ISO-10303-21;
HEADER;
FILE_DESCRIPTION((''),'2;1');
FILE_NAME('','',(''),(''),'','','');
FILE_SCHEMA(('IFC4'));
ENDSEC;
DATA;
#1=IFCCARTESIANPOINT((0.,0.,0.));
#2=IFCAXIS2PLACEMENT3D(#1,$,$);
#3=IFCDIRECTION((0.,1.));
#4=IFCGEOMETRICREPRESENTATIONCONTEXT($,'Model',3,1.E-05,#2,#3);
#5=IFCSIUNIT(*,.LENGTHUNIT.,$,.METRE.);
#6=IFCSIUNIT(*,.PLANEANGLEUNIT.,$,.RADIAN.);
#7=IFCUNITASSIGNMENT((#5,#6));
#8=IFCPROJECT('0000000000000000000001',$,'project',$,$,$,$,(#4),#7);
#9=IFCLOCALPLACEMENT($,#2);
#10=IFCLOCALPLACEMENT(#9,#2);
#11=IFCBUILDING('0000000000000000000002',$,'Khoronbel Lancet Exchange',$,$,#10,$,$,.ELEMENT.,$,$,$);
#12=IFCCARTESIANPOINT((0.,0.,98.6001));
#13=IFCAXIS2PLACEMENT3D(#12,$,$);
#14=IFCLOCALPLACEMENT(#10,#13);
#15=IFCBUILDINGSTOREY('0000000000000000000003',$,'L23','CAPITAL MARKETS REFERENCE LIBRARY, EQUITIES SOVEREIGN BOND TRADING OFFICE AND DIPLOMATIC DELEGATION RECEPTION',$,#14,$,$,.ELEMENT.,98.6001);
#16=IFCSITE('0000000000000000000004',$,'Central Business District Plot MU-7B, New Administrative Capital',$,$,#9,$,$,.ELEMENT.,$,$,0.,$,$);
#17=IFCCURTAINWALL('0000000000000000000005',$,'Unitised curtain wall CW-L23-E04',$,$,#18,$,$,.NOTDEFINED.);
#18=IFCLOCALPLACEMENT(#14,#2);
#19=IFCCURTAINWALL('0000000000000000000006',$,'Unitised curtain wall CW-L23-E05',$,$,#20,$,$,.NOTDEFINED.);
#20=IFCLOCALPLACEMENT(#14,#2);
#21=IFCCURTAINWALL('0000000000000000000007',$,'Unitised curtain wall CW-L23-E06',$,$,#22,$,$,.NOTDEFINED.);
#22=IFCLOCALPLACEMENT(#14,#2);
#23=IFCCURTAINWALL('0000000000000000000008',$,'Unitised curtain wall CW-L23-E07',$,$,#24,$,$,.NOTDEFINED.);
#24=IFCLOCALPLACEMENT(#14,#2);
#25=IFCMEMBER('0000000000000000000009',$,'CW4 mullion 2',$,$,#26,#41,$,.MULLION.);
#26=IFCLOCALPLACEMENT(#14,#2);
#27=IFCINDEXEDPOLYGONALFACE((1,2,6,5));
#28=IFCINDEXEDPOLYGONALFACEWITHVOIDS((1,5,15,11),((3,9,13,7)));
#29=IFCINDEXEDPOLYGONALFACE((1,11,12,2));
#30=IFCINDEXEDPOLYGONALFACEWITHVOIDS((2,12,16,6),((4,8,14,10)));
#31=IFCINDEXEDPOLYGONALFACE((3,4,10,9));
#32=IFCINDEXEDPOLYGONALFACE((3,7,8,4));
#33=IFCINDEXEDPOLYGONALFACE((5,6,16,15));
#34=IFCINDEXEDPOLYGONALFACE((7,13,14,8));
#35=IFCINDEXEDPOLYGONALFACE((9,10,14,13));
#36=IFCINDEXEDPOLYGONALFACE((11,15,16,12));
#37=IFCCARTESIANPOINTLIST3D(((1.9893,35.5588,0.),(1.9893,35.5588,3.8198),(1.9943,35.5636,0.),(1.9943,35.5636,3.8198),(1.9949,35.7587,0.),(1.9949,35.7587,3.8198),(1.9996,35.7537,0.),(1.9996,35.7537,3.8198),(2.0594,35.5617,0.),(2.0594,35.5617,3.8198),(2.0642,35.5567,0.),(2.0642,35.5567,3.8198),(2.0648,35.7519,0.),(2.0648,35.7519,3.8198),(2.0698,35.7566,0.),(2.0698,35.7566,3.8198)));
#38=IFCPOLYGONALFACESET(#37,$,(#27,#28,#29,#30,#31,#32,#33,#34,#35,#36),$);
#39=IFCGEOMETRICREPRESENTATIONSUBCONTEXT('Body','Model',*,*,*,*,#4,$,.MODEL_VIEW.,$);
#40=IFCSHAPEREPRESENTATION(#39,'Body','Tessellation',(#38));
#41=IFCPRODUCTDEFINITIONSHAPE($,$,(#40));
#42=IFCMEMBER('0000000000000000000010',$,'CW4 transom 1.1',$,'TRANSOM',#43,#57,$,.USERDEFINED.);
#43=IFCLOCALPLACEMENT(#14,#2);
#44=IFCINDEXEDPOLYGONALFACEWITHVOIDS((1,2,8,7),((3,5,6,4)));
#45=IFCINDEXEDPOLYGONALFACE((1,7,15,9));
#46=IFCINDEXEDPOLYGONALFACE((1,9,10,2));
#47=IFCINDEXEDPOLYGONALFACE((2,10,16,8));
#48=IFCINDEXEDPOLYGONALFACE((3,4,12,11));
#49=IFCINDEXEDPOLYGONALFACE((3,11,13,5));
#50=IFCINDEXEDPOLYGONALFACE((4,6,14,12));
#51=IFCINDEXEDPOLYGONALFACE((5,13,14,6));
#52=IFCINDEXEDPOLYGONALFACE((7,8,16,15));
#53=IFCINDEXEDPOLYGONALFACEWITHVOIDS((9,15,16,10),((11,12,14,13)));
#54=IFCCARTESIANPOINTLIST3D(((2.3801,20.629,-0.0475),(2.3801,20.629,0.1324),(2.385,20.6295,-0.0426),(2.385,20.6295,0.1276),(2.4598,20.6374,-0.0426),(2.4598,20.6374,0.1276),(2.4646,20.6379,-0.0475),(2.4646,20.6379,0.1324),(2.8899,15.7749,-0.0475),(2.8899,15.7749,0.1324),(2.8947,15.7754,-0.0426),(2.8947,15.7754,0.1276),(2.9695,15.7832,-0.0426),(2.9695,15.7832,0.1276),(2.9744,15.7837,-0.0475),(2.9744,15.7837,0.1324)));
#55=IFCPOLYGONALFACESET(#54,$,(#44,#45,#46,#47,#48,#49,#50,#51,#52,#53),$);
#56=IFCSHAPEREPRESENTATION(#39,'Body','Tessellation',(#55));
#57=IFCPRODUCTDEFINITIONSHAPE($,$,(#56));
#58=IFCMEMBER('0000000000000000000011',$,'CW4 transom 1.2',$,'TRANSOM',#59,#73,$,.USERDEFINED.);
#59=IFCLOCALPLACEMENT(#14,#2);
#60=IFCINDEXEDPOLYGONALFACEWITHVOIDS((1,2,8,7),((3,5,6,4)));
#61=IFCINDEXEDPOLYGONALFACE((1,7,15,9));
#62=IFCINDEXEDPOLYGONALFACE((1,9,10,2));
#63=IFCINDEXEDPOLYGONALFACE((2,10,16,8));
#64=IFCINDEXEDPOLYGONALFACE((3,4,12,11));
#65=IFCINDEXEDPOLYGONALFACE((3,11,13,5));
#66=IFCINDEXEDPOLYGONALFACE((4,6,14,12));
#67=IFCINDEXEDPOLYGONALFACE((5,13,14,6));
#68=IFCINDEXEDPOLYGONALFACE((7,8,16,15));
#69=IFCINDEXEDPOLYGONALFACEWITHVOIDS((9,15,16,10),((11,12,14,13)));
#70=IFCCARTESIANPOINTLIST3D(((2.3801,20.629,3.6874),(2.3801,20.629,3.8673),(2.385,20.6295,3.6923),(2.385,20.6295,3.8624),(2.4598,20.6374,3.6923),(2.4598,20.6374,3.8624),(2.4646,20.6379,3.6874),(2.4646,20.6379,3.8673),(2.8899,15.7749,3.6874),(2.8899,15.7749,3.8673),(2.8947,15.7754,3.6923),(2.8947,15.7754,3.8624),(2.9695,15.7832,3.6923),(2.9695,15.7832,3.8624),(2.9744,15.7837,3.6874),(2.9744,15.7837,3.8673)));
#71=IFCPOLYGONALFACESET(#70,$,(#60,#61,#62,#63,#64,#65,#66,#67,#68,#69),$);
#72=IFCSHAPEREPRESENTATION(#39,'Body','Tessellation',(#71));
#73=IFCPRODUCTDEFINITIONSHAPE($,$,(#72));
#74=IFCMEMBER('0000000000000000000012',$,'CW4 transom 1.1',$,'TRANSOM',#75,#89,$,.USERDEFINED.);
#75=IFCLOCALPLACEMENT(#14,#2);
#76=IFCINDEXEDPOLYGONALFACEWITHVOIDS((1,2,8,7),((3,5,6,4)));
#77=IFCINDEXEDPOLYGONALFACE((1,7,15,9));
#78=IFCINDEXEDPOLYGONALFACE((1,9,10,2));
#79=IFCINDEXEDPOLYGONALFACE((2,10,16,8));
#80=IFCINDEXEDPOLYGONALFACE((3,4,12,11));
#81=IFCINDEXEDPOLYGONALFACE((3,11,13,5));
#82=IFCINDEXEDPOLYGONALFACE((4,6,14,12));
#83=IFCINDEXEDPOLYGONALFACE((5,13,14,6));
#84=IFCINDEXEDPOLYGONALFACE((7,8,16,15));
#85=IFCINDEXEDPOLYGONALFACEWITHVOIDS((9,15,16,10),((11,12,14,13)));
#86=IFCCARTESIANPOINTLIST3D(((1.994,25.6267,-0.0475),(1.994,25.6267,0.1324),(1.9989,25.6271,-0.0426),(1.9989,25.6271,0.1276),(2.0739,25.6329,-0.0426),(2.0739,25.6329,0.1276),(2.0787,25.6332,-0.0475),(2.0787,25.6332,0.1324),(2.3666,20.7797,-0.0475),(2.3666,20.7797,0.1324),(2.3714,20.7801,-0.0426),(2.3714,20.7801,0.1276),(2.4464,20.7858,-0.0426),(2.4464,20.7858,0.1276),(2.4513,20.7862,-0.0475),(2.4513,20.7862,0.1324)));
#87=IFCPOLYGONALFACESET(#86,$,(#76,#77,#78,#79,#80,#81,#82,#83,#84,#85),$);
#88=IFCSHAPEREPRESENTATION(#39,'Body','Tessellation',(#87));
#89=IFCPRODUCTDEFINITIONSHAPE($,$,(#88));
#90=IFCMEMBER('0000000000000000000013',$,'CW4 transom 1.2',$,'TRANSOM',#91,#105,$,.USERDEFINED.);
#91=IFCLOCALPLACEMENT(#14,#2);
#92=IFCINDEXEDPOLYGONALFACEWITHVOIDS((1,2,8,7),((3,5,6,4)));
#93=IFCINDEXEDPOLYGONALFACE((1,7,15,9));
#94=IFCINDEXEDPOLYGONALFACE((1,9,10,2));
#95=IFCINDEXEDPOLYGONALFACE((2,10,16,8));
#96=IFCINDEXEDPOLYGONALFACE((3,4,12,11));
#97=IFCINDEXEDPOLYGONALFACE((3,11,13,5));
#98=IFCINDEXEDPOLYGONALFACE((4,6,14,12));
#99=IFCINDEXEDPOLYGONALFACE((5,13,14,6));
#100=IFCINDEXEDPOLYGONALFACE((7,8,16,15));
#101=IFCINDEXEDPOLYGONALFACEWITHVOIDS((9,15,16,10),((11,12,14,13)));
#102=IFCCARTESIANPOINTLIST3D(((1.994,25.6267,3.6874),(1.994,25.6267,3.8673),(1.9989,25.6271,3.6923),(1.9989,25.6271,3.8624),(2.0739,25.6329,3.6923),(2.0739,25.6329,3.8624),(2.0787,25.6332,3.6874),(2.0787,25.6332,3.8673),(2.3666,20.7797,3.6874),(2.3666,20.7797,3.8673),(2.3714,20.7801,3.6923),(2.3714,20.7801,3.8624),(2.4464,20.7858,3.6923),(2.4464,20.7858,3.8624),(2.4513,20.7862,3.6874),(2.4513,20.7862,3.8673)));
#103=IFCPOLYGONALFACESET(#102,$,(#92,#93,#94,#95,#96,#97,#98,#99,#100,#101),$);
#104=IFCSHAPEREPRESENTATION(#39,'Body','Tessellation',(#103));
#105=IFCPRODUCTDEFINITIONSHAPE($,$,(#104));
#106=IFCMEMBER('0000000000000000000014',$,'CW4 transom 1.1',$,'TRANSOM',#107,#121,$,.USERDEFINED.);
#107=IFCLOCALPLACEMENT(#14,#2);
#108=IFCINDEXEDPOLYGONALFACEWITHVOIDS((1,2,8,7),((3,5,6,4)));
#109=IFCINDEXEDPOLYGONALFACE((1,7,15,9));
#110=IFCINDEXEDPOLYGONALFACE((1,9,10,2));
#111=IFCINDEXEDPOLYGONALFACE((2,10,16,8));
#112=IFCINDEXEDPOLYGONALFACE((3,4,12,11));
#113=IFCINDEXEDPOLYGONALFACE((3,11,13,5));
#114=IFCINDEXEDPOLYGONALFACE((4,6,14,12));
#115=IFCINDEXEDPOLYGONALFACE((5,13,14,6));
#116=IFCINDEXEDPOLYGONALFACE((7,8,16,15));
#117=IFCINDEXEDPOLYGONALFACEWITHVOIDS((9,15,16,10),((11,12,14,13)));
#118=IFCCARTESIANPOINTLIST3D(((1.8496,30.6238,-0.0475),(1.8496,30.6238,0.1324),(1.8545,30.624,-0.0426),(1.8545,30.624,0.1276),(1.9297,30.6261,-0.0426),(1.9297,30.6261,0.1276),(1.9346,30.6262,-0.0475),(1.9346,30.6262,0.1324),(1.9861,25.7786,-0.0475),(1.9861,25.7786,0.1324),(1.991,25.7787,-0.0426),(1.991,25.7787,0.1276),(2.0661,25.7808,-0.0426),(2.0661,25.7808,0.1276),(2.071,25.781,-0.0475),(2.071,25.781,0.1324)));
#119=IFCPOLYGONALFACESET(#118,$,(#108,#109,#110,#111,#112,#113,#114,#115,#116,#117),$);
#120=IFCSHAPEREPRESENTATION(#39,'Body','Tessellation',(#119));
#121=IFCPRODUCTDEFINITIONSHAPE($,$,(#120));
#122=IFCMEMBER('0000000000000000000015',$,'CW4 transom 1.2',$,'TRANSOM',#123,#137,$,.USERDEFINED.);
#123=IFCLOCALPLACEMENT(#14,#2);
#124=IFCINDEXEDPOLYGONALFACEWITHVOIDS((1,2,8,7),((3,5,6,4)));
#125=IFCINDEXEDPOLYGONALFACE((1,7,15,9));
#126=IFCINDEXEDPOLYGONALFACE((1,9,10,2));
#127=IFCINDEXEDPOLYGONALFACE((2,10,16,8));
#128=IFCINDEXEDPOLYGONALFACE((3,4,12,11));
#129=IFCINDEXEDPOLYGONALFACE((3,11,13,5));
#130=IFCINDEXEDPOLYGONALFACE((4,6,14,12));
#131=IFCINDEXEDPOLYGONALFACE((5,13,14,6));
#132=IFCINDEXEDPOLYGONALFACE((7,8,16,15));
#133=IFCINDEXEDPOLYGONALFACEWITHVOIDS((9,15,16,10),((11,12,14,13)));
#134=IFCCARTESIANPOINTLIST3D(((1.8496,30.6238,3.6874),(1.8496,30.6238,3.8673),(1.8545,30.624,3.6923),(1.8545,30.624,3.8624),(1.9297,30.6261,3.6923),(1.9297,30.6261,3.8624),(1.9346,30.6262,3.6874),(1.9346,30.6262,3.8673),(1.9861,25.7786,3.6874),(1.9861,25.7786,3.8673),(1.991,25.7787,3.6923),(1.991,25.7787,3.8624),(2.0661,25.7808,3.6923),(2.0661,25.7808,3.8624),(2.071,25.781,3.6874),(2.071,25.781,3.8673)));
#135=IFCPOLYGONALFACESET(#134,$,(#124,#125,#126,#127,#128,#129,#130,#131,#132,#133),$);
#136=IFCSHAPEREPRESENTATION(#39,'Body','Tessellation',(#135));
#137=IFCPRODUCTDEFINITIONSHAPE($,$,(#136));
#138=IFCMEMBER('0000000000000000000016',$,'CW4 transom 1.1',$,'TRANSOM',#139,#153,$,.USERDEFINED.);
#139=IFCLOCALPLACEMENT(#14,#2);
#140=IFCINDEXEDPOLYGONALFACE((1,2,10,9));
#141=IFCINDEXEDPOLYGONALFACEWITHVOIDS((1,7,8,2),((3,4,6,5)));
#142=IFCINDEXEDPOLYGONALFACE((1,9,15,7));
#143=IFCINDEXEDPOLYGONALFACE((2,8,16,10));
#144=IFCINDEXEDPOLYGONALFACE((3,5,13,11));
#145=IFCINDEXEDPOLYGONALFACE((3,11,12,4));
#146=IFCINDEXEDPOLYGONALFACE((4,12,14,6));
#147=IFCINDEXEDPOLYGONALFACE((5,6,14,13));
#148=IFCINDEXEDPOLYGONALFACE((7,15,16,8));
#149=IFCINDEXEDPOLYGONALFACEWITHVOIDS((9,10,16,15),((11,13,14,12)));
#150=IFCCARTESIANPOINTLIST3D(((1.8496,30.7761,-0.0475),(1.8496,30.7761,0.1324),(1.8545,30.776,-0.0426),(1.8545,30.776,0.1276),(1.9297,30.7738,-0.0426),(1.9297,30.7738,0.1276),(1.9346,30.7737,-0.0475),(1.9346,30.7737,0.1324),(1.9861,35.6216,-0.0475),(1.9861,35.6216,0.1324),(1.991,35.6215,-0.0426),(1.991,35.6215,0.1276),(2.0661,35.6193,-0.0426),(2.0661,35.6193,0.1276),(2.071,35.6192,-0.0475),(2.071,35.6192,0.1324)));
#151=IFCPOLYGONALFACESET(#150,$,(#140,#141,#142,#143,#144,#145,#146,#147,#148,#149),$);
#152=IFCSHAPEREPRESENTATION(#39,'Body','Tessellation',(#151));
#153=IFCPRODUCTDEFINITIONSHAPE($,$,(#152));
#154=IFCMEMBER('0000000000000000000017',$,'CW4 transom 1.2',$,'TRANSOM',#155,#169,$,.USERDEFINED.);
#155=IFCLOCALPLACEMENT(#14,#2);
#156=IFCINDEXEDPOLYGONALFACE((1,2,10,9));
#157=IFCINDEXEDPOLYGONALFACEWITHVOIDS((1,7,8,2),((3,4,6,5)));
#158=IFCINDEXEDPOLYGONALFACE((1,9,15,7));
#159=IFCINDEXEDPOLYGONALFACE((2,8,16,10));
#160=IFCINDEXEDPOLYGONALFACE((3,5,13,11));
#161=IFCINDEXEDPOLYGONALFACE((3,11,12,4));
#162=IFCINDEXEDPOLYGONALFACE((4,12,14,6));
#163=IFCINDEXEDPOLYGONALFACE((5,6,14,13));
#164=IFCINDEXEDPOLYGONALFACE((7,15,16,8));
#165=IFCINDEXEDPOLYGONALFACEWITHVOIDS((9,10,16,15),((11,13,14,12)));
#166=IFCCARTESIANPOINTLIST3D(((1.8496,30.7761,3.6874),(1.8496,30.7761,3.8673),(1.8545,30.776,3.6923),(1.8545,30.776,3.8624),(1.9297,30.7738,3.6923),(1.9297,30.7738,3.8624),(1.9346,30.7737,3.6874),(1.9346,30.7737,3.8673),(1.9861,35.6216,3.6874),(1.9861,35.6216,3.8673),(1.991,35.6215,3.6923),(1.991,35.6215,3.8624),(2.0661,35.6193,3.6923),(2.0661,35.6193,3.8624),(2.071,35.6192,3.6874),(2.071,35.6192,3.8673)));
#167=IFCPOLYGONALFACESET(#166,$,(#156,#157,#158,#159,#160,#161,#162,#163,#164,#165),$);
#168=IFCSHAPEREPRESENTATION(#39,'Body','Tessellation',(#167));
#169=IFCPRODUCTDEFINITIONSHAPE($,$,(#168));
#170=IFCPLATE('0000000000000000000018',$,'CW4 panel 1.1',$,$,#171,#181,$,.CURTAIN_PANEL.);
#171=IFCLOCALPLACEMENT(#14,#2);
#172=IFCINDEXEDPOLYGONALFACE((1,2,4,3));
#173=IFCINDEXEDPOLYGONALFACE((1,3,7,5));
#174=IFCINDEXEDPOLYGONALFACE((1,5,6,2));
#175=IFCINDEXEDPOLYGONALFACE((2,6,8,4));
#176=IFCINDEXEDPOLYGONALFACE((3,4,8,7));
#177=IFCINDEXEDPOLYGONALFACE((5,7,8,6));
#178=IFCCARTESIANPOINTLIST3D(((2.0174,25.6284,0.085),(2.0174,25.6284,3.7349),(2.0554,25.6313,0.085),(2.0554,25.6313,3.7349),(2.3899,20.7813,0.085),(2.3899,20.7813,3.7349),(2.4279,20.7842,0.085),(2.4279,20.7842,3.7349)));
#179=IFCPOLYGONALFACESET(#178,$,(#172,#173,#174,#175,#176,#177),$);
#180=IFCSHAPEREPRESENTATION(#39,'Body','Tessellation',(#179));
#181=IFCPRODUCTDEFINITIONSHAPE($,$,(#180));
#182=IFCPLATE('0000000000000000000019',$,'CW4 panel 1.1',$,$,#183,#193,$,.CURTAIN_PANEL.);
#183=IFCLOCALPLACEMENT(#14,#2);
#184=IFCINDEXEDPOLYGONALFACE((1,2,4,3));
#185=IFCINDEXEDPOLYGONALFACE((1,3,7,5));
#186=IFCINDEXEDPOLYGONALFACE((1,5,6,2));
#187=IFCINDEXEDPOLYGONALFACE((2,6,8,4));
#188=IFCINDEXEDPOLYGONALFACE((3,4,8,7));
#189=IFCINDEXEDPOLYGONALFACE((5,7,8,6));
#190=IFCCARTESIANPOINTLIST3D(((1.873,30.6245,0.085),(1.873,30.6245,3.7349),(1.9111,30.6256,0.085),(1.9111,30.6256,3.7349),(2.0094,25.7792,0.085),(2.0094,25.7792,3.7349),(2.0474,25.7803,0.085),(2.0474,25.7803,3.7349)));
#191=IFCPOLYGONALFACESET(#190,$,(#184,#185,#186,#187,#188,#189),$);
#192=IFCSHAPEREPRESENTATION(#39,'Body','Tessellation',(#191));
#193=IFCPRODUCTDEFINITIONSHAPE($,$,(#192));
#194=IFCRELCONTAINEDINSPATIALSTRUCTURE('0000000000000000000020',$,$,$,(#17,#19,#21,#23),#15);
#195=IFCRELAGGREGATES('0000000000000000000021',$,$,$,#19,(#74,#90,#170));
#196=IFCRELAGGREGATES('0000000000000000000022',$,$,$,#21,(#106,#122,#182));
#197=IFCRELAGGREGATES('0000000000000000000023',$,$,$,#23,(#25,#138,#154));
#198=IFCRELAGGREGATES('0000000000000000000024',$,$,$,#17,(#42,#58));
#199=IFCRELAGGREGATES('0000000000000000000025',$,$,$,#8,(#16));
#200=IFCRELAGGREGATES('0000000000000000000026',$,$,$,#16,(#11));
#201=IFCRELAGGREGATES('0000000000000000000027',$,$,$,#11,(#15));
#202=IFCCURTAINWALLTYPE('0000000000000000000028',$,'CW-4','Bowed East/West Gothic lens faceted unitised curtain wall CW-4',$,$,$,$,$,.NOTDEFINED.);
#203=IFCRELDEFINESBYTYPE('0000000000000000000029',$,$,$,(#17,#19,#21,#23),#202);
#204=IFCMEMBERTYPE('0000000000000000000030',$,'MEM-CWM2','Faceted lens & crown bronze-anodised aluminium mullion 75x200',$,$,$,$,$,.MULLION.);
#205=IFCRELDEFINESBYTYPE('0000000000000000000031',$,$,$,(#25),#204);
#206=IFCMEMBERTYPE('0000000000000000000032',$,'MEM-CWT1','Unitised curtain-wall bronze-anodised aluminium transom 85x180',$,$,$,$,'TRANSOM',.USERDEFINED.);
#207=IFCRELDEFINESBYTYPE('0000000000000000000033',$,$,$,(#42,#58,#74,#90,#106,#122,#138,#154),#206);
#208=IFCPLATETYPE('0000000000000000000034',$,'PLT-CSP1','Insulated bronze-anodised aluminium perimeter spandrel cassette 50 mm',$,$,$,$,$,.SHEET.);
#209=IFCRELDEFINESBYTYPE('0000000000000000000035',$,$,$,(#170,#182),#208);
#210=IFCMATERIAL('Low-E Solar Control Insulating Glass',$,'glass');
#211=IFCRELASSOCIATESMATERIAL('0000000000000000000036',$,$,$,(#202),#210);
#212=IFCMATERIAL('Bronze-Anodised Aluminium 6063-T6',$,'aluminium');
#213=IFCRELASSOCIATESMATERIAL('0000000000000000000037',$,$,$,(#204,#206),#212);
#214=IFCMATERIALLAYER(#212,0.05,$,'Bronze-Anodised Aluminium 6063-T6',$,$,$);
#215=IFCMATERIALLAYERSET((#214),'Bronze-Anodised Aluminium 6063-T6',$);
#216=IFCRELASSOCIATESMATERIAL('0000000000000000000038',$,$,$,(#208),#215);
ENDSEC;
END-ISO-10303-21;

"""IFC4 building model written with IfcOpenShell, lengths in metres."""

from ifc_helpers import new_model, si_unit, direction, frame, origin, origin_2d, place, context, subcontext, project, spatial, rectangle, hollow_rectangle, extrude, material, layer, layer_set, material_profile, profile_set, type_object, element, aggregate, save


model = new_model("IFC4")

# Units and contexts
model_context = context("Model", 3, precision=1e-05, world=origin(), true_north=direction((0.0, 1.0)))
body_context = subcontext(model_context, "Body", "Model", "MODEL_VIEW")
ifc_project = project(units=[si_unit("LENGTHUNIT", "METRE"), si_unit("PLANEANGLEUNIT", "RADIAN")], contexts=[model_context])

# Site, building, storey
site_placement = place(None, origin())
site = spatial("IfcSite", under=ifc_project, at=site_placement, Name="Central Business District Plot MU-7B, New Administrative Capital", CompositionType="ELEMENT", RefElevation=0.0)
building_placement = place(site_placement, origin())
building = spatial("IfcBuilding", under=site, at=building_placement, Name="Khoronbel Lancet Exchange", CompositionType="ELEMENT")
storey_placement = place(building_placement, frame((0.0, 0.0, 98.6001)))
storey = spatial("IfcBuildingStorey", under=building, at=storey_placement, Name="L23", Description="CAPITAL MARKETS REFERENCE LIBRARY, EQUITIES SOVEREIGN BOND TRADING OFFICE AND DIPLOMATIC DELEGATION RECEPTION", CompositionType="ELEMENT", Elevation=98.6001)

# Curtain walls, member
ifc_material_1 = material(Name="Low-E Solar Control Insulating Glass", Category="glass")
curtain_wall_type = type_object("IfcCurtainWallType", Name="CW-4", Description="Bowed East/West Gothic lens faceted unitised curtain wall CW-4", PredefinedType="NOTDEFINED", material=ifc_material_1)
curtain_wall_1_placement = place(storey_placement, origin())
curtain_wall_1 = element("IfcCurtainWall", 1, at=curtain_wall_1_placement, inside=storey, type_object=curtain_wall_type, Name="Unitised curtain wall CW-L23-E04", PredefinedType="NOTDEFINED")
ifc_material_2 = material(Name="Bronze-Anodised Aluminium 6063-T6", Category="aluminium")
ifc_material_profile_1 = material_profile(ifc_material_2, hollow_rectangle(XDim=0.075, YDim=0.2, WallThickness=0.0049, at=origin_2d()), Name="ALU MULLION 75x200")
ifc_profile_set_1 = profile_set([ifc_material_profile_1], Name="Bronze-Anodised Aluminium 6063-T6")
member_type_1 = type_object("IfcMemberType", Name="MEM-CWM2", Description="Faceted lens & crown bronze-anodised aluminium mullion 75x200", PredefinedType="MULLION", material=ifc_profile_set_1)
curtain_wall_2_placement = place(storey_placement, origin())
curtain_wall_2 = element("IfcCurtainWall", 2, at=curtain_wall_2_placement, inside=storey, type_object=curtain_wall_type, Name="Unitised curtain wall CW-L23-E05", PredefinedType="NOTDEFINED")
curtain_wall_3_placement = place(storey_placement, origin())
curtain_wall_3 = element("IfcCurtainWall", 3, at=curtain_wall_3_placement, inside=storey, type_object=curtain_wall_type, Name="Unitised curtain wall CW-L23-E06", PredefinedType="NOTDEFINED")
curtain_wall_4_placement = place(storey_placement, origin())
curtain_wall_4 = element("IfcCurtainWall", 4, at=curtain_wall_4_placement, inside=storey, type_object=curtain_wall_type, Name="Unitised curtain wall CW-L23-E07", PredefinedType="NOTDEFINED")
member_1_placement = place(storey_placement, frame((2.0295, 35.6577, 0.0), z_axis=(0.0, 0.0, 1.0), x_axis=(-0.999604, 0.028135, 0.0)))
member_1 = element("IfcMember", 5, at=member_1_placement, type_object=member_type_1, Name="CW4 mullion 2", PredefinedType="MULLION", context=body_context, shape_type="SweptSolid", body=[
    extrude(hollow_rectangle(XDim=0.075, YDim=0.2, WallThickness=0.0049, at=origin_2d()), origin(), (0.0, 0.0, 1.0), 3.8198),
])

# Members
ifc_material_profile_2 = material_profile(ifc_material_2, hollow_rectangle(XDim=0.085, YDim=0.1799, WallThickness=0.0049, at=origin_2d()), Name="ALU TRANSOM 85x180")
ifc_profile_set_2 = profile_set([ifc_material_profile_2], Name="Bronze-Anodised Aluminium 6063-T6")
member_type_2 = type_object("IfcMemberType", Name="MEM-CWT1", Description="Unitised curtain-wall bronze-anodised aluminium transom 85x180", ElementType="TRANSOM", PredefinedType="USERDEFINED", material=ifc_profile_set_2)
member_2_placement = place(storey_placement, frame((2.9321, 15.7793, 0.0425), z_axis=(-0.10444, 0.994531, 0.0), x_axis=(-0.994531, -0.10444, 0.0)))
member_2 = element("IfcMember", 6, at=member_2_placement, type_object=member_type_2, Name="CW4 transom 1.1", ObjectType="TRANSOM", PredefinedType="USERDEFINED", context=body_context, shape_type="SweptSolid", body=[
    extrude(hollow_rectangle(XDim=0.085, YDim=0.1799, WallThickness=0.0049, at=origin_2d()), origin(), (0.0, 0.0, 1.0), 4.8809),
])
member_3_placement = place(storey_placement, frame((2.9321, 15.7793, 3.7773), z_axis=(-0.10444, 0.994531, 0.0), x_axis=(-0.994531, -0.10444, 0.0)))
member_3 = element("IfcMember", 7, at=member_3_placement, type_object=member_type_2, Name="CW4 transom 1.2", ObjectType="TRANSOM", PredefinedType="USERDEFINED", context=body_context, shape_type="SweptSolid", body=[
    extrude(hollow_rectangle(XDim=0.085, YDim=0.1799, WallThickness=0.0049, at=origin_2d()), origin(), (0.0, 0.0, 1.0), 4.8809),
])
member_4_placement = place(storey_placement, frame((2.4089, 20.783, 0.0425), z_axis=(-0.076639, 0.997059, 0.0), x_axis=(-0.997059, -0.076639, 0.0)))
member_4 = element("IfcMember", 8, at=member_4_placement, type_object=member_type_2, Name="CW4 transom 1.1", ObjectType="TRANSOM", PredefinedType="USERDEFINED", context=body_context, shape_type="SweptSolid", body=[
    extrude(hollow_rectangle(XDim=0.085, YDim=0.1799, WallThickness=0.0049, at=origin_2d()), origin(), (0.0, 0.0, 1.0), 4.8613),
])
member_5_placement = place(storey_placement, frame((2.4089, 20.783, 3.7773), z_axis=(-0.076639, 0.997059, 0.0), x_axis=(-0.997059, -0.076639, 0.0)))
member_5 = element("IfcMember", 9, at=member_5_placement, type_object=member_type_2, Name="CW4 transom 1.2", ObjectType="TRANSOM", PredefinedType="USERDEFINED", context=body_context, shape_type="SweptSolid", body=[
    extrude(hollow_rectangle(XDim=0.085, YDim=0.1799, WallThickness=0.0049, at=origin_2d()), origin(), (0.0, 0.0, 1.0), 4.8613),
])
member_6_placement = place(storey_placement, frame((2.0286, 25.7798, 0.0425), z_axis=(-0.028156, 0.999604, 0.0), x_axis=(-0.999604, -0.028156, 0.0)))
member_6 = element("IfcMember", 10, at=member_6_placement, type_object=member_type_2, Name="CW4 transom 1.1", ObjectType="TRANSOM", PredefinedType="USERDEFINED", context=body_context, shape_type="SweptSolid", body=[
    extrude(hollow_rectangle(XDim=0.085, YDim=0.1799, WallThickness=0.0049, at=origin_2d()), origin(), (0.0, 0.0, 1.0), 4.8472),
])
member_7_placement = place(storey_placement, frame((2.0286, 25.7798, 3.7773), z_axis=(-0.028156, 0.999604, 0.0), x_axis=(-0.999604, -0.028156, 0.0)))
member_7 = element("IfcMember", 11, at=member_7_placement, type_object=member_type_2, Name="CW4 transom 1.2", ObjectType="TRANSOM", PredefinedType="USERDEFINED", context=body_context, shape_type="SweptSolid", body=[
    extrude(hollow_rectangle(XDim=0.085, YDim=0.1799, WallThickness=0.0049, at=origin_2d()), origin(), (0.0, 0.0, 1.0), 4.8472),
])
member_8_placement = place(storey_placement, frame((1.8921, 30.7749, 0.0425), z_axis=(0.028154, 0.999604, 0.0), x_axis=(-0.999604, 0.028154, 0.0)))
member_8 = element("IfcMember", 12, at=member_8_placement, type_object=member_type_2, Name="CW4 transom 1.1", ObjectType="TRANSOM", PredefinedType="USERDEFINED", context=body_context, shape_type="SweptSolid", body=[
    extrude(hollow_rectangle(XDim=0.085, YDim=0.1799, WallThickness=0.0049, at=origin_2d()), origin(), (0.0, 0.0, 1.0), 4.8474),
])
member_9_placement = place(storey_placement, frame((1.8921, 30.7749, 3.7773), z_axis=(0.028154, 0.999604, 0.0), x_axis=(-0.999604, 0.028154, 0.0)))
member_9 = element("IfcMember", 13, at=member_9_placement, type_object=member_type_2, Name="CW4 transom 1.2", ObjectType="TRANSOM", PredefinedType="USERDEFINED", context=body_context, shape_type="SweptSolid", body=[
    extrude(hollow_rectangle(XDim=0.085, YDim=0.1799, WallThickness=0.0049, at=origin_2d()), origin(), (0.0, 0.0, 1.0), 4.8474),
])

# Plates
ifc_layer_1 = layer(ifc_material_2, 0.05, Name="Bronze-Anodised Aluminium 6063-T6")
ifc_layer_set_1 = layer_set([ifc_layer_1], Name="Bronze-Anodised Aluminium 6063-T6")
plate_type_1 = type_object("IfcPlateType", Name="PLT-CSP1", Description="Insulated bronze-anodised aluminium perimeter spandrel cassette 50 mm", PredefinedType="SHEET", material=ifc_layer_set_1)
plate_1_placement = place(storey_placement, frame((2.2227, 23.2063, 0.085), z_axis=(0.0, 0.0, 1.0), x_axis=(-0.076626, 0.99706, 0.0)))
plate_1 = element("IfcPlate", 14, at=plate_1_placement, type_object=plate_type_1, Name="CW4 panel 1.1", PredefinedType="CURTAIN_PANEL", context=body_context, shape_type="SweptSolid", body=[
    extrude(rectangle(XDim=4.8613, YDim=0.0381, at=origin_2d()), origin(), (0.0, 0.0, 1.0), 3.6499),
])
aggregate(curtain_wall_2, [member_4, member_5, plate_1])
plate_2_placement = place(storey_placement, frame((1.9602, 28.2024, 0.085), z_axis=(0.0, 0.0, 1.0), x_axis=(-0.028135, 0.999604, 0.0)))
plate_2 = element("IfcPlate", 15, at=plate_2_placement, type_object=plate_type_1, Name="CW4 panel 1.1", PredefinedType="CURTAIN_PANEL", context=body_context, shape_type="SweptSolid", body=[
    extrude(rectangle(XDim=4.8472, YDim=0.0381, at=origin_2d()), origin(), (0.0, 0.0, 1.0), 3.6499),
])
aggregate(curtain_wall_3, [member_6, member_7, plate_2])
aggregate(curtain_wall_4, [member_1, member_8, member_9])
aggregate(curtain_wall_1, [member_2, member_3])

save(model, "model.ifc")
